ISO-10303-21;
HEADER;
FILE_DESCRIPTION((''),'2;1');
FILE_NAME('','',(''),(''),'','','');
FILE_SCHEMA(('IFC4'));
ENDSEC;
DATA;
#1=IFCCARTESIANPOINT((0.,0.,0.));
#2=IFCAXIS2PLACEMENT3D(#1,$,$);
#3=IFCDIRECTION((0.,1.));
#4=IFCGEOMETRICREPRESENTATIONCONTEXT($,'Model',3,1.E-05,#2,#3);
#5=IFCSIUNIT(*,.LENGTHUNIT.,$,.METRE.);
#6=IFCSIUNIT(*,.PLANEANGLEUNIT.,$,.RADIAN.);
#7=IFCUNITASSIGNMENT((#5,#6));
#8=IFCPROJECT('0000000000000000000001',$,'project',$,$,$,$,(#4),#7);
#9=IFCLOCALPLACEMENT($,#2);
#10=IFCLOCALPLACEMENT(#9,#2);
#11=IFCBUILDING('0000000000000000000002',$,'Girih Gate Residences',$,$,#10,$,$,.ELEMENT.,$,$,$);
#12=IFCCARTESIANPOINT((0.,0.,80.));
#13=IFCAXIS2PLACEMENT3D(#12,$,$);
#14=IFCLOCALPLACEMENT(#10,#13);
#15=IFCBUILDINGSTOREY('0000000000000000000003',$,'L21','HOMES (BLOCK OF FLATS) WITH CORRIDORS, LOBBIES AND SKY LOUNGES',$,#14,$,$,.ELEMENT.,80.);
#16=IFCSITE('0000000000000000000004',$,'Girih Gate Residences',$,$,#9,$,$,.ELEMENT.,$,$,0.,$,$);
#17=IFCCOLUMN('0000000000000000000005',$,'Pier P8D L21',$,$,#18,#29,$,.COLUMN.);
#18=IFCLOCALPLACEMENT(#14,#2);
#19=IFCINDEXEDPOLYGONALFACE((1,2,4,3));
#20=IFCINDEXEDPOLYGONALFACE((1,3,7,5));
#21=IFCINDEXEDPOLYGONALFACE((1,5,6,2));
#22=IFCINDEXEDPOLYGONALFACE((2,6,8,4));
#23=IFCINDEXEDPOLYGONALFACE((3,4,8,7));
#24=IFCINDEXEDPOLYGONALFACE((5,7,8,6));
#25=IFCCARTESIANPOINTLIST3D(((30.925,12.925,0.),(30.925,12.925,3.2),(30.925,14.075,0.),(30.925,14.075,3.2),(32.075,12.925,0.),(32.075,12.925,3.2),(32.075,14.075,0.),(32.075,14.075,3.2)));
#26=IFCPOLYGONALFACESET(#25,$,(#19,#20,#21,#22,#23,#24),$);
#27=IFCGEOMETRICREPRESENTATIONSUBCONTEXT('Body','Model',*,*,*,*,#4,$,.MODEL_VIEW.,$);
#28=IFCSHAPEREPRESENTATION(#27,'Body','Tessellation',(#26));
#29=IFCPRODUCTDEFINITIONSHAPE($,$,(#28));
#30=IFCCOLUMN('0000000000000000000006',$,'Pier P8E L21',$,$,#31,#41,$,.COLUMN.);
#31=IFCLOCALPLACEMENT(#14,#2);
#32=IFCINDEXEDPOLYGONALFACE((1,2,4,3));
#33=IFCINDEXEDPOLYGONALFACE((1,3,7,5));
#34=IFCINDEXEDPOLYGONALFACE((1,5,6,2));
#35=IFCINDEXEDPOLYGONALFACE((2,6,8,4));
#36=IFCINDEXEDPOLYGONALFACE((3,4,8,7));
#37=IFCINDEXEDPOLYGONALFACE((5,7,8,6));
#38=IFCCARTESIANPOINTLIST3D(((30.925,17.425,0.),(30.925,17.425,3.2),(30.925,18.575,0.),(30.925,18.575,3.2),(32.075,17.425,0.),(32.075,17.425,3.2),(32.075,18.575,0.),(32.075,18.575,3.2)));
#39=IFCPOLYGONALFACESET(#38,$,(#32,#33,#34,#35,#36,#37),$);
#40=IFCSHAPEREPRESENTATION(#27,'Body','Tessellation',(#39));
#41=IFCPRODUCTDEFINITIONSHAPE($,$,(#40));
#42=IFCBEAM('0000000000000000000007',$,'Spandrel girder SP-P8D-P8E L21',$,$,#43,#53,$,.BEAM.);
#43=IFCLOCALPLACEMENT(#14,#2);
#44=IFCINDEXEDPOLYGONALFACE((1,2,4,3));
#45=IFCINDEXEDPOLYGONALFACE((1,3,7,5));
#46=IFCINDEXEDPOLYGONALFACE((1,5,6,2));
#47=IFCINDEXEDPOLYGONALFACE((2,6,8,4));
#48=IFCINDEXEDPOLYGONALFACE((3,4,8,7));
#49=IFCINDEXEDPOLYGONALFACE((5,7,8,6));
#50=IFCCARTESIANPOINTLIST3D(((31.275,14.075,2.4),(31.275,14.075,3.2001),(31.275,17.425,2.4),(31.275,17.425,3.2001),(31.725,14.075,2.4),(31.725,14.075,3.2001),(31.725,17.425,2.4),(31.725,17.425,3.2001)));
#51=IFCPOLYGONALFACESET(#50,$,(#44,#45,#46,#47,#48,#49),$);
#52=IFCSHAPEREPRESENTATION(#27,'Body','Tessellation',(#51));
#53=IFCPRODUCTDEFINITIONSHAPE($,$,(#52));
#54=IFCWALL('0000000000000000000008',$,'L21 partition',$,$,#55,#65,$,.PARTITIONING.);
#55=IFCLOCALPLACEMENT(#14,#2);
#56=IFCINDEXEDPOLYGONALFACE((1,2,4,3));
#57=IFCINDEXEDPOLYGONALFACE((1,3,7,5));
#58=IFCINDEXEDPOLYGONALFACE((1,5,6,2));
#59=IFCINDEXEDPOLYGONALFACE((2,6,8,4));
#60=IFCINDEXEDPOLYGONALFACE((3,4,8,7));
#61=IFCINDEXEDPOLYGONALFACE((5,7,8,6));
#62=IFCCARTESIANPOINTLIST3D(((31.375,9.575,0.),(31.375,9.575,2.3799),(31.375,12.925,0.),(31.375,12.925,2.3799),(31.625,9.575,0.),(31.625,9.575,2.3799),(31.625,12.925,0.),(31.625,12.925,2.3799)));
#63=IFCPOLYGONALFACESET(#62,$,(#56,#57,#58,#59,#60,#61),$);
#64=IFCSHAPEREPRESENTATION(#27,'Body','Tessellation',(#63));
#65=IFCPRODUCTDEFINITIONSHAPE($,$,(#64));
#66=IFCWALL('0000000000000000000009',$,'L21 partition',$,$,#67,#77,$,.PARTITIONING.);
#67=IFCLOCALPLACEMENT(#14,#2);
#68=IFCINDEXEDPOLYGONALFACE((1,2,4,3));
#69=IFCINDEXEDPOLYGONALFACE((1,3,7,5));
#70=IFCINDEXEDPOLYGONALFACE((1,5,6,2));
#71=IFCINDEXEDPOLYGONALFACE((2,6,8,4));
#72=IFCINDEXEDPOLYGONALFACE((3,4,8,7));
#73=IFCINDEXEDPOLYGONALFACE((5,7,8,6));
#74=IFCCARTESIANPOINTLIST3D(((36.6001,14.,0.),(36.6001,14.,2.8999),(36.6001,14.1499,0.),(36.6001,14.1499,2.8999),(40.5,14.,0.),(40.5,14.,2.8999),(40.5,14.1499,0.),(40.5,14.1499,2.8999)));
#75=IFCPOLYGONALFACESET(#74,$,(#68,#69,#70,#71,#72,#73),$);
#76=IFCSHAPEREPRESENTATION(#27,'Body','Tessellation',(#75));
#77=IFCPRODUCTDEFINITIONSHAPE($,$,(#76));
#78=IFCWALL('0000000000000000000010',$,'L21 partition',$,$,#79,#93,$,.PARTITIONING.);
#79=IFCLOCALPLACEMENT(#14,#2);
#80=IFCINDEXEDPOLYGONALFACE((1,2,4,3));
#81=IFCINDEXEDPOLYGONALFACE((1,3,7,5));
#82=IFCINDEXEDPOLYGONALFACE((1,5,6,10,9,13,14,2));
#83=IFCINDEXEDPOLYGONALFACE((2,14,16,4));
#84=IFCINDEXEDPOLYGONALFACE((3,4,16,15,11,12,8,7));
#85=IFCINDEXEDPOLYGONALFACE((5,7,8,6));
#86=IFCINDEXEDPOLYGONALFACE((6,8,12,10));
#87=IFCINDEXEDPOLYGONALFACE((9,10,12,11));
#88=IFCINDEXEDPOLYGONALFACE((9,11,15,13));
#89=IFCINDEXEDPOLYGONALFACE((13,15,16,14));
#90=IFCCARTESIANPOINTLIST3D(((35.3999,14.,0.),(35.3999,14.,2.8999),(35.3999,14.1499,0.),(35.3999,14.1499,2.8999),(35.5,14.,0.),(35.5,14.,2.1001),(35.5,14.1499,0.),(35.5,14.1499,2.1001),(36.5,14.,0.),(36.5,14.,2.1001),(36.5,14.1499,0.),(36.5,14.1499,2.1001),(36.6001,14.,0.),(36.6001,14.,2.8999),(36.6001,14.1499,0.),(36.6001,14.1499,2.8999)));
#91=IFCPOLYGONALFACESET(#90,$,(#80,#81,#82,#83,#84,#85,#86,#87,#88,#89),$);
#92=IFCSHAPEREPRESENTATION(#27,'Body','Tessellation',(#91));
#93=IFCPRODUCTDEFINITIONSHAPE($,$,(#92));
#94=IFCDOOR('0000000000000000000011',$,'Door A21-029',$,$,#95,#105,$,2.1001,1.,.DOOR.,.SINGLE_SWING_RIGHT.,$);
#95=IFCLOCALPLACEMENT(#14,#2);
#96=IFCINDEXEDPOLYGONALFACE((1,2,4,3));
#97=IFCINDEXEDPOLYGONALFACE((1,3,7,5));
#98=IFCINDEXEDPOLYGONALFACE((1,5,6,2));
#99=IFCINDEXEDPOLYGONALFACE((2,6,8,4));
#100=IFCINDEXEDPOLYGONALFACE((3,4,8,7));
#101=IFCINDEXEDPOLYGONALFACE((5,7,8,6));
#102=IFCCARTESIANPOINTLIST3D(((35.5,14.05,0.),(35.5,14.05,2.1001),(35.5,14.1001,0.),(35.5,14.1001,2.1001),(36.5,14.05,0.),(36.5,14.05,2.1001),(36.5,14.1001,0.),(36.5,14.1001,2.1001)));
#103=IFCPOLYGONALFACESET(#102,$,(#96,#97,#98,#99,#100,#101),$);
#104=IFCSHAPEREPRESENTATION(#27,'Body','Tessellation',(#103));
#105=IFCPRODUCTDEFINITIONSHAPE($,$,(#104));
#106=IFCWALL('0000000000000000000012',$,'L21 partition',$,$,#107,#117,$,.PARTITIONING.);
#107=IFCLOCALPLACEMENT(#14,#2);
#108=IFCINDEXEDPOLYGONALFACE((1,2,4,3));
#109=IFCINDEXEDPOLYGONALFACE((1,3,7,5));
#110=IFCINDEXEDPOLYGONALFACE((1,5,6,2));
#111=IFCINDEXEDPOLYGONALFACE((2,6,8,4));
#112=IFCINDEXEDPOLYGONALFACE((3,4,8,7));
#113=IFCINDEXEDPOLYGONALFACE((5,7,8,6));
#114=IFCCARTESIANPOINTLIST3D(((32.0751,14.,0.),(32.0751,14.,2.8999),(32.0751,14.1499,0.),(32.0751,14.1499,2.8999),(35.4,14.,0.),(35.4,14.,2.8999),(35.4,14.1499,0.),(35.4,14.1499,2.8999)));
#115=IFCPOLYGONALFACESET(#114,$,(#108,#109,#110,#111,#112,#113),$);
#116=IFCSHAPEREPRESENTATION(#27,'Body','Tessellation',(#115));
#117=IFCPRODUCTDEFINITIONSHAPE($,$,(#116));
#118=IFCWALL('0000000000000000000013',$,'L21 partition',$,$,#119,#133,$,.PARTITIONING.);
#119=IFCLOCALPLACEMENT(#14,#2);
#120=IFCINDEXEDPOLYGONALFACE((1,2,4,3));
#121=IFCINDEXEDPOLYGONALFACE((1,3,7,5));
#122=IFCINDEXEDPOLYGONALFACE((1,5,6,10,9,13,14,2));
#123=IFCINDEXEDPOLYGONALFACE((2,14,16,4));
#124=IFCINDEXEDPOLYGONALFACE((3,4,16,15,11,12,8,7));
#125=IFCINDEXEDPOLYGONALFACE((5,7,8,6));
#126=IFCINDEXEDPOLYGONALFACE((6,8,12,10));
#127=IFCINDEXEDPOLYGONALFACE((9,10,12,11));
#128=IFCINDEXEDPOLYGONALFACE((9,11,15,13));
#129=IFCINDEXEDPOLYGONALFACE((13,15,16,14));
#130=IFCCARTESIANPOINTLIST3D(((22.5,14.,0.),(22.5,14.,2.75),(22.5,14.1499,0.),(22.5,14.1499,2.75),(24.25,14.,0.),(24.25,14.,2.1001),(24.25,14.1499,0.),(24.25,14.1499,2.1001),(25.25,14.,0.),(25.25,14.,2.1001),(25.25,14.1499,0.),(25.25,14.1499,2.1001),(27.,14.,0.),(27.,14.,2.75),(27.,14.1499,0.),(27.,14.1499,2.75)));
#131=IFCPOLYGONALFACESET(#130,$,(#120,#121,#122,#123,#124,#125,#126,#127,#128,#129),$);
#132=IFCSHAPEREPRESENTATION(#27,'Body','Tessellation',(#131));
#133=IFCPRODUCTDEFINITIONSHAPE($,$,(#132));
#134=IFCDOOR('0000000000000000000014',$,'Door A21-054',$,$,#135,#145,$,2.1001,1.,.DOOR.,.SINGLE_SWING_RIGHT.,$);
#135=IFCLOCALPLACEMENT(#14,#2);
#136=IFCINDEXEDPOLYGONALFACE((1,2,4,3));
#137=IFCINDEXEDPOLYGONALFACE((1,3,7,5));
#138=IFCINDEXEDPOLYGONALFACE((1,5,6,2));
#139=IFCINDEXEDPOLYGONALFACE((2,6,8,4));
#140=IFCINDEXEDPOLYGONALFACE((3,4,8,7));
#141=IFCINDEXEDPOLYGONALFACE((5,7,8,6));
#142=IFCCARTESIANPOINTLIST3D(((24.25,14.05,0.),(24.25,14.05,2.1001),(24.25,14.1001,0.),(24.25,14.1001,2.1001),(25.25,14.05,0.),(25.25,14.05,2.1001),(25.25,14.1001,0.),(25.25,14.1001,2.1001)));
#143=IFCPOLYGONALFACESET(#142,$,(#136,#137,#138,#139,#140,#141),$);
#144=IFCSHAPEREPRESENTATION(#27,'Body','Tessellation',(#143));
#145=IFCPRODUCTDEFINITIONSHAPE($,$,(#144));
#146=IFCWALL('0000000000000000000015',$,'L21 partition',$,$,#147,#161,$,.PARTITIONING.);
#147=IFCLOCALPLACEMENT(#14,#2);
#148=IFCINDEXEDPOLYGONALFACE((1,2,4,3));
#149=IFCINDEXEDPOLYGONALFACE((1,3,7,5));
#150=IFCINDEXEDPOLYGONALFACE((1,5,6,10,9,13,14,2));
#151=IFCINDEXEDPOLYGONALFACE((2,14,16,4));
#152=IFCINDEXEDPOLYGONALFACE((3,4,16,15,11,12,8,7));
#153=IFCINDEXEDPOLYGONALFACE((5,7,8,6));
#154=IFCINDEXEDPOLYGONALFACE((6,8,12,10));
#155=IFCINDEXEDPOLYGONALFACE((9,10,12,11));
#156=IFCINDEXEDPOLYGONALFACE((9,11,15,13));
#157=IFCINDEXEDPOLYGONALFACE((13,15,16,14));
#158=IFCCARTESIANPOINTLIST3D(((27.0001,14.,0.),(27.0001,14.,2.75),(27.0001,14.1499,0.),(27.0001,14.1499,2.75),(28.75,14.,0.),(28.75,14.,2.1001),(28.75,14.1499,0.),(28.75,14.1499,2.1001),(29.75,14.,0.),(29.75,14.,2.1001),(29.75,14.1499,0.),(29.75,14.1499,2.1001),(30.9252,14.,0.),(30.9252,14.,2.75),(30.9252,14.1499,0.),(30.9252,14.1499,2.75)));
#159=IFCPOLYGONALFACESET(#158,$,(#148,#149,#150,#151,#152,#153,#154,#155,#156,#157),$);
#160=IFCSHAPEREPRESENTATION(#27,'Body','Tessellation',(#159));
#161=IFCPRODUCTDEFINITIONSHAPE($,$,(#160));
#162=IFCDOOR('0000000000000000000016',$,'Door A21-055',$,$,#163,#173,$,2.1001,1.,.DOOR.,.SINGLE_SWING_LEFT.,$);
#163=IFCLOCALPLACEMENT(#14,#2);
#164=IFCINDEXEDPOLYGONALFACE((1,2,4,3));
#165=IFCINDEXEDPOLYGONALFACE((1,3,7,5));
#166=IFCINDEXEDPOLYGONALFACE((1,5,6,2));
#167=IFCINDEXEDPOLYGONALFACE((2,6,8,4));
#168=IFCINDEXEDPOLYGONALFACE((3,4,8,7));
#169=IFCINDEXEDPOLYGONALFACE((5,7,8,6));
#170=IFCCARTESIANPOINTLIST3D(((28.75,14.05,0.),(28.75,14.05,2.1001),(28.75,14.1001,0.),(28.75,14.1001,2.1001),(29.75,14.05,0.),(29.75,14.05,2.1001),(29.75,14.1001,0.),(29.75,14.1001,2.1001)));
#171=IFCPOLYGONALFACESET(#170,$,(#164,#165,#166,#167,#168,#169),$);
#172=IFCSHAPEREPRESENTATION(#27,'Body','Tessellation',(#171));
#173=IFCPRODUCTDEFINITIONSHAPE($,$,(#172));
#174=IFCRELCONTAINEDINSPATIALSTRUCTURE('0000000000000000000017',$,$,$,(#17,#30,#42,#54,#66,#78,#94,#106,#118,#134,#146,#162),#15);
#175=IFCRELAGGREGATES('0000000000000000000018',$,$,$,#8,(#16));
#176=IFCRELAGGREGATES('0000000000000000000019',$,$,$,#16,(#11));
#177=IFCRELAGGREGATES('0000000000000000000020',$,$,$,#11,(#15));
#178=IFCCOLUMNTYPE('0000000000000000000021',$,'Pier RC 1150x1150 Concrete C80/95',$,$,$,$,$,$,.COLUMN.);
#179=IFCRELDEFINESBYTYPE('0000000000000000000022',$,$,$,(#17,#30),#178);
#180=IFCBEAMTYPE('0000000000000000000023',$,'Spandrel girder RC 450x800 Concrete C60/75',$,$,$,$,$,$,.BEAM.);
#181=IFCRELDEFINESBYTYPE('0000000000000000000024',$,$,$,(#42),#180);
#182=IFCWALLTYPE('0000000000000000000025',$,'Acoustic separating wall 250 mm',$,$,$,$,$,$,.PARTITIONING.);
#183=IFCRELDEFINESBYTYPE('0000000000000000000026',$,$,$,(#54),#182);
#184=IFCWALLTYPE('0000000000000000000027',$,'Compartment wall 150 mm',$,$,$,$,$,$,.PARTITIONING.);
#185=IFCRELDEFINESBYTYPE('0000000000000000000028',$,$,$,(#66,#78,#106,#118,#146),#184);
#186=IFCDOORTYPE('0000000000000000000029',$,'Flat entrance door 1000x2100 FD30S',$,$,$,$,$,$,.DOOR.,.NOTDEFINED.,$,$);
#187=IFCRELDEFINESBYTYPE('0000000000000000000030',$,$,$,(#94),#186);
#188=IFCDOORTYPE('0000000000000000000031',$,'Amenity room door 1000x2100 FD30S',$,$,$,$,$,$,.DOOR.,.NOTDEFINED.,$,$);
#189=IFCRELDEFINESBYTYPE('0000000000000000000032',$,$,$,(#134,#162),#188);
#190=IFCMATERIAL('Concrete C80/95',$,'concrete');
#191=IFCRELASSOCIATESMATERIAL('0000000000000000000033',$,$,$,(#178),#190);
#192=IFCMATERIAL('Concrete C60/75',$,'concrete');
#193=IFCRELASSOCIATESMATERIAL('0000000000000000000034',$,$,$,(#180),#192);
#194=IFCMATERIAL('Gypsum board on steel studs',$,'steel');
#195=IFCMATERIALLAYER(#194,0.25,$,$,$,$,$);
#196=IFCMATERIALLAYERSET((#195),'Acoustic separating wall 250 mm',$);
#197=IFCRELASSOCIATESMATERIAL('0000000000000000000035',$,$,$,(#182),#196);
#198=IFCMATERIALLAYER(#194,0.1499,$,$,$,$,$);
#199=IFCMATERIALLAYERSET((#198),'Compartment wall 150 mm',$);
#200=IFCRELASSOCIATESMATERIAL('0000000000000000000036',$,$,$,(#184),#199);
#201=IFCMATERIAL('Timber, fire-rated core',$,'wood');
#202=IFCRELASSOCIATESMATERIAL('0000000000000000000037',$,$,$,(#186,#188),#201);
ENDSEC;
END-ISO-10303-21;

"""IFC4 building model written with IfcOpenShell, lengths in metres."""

from ifc_helpers import new_model, si_unit, direction, frame, frame_2d, origin, origin_2d, place, context, subcontext, project, spatial, rectangle, extrude, material, layer, layer_set, material_profile, profile_set, type_object, element, fill, save


model = new_model("IFC4")

# Units and contexts
model_context = context("Model", 3, precision=1e-05, world=origin(), true_north=direction((0.0, 1.0)))
body_context = subcontext(model_context, "Body", "Model", "MODEL_VIEW")
ifc_project = project(units=[si_unit("LENGTHUNIT", "METRE"), si_unit("PLANEANGLEUNIT", "RADIAN")], contexts=[model_context])

# Site, building, storey
site_placement = place(None, origin())
site = spatial("IfcSite", under=ifc_project, at=site_placement, Name="Girih Gate Residences", CompositionType="ELEMENT", RefElevation=0.0)
building_placement = place(site_placement, origin())
building = spatial("IfcBuilding", under=site, at=building_placement, Name="Girih Gate Residences", CompositionType="ELEMENT")
storey_placement = place(building_placement, frame((0.0, 0.0, 80.0)))
storey = spatial("IfcBuildingStorey", under=building, at=storey_placement, Name="L21", Description="HOMES (BLOCK OF FLATS) WITH CORRIDORS, LOBBIES AND SKY LOUNGES", CompositionType="ELEMENT", Elevation=80.0)

# Columns
ifc_material_1 = material(Name="Concrete C80/95", Category="concrete")
ifc_material_profile_1 = material_profile(ifc_material_1, rectangle(XDim=1.1499, YDim=1.1499, at=origin_2d()))
ifc_profile_set_1 = profile_set([ifc_material_profile_1], Name="Concrete C80/95")
column_type = type_object("IfcColumnType", Name="Pier RC 1150x1150 Concrete C80/95", PredefinedType="COLUMN", material=ifc_profile_set_1)
for number, where, z_axis, x_axis, name in (
    (1, (31.5, 13.5, 0.0), (0.0, 0.0, 1.0), (1.0, 0.0, 0.0), "Pier P8D L21"),
    (2, (31.5, 18.0, 0.0), (0.0, 0.0, 1.0), (1.0, 0.0, 0.0), "Pier P8E L21"),
):
    element("IfcColumn", number, at=place(storey_placement, frame(where, z_axis=z_axis, x_axis=x_axis)), inside=storey, type_object=column_type, Name=name, PredefinedType="COLUMN", context=body_context, shape_type="SweptSolid", body=[
        extrude(rectangle(XDim=1.1499, YDim=1.1499, at=origin_2d()), origin(), (0.0, 0.0, 1.0), 3.2),
    ])

# Beam
ifc_material_2 = material(Name="Concrete C60/75", Category="concrete")
ifc_material_profile_2 = material_profile(ifc_material_2, rectangle(XDim=0.45, YDim=0.8, at=origin_2d()))
ifc_profile_set_2 = profile_set([ifc_material_profile_2], Name="Concrete C60/75")
beam_type = type_object("IfcBeamType", Name="Spandrel girder RC 450x800 Concrete C60/75", PredefinedType="BEAM", material=ifc_profile_set_2)
beam_placement = place(storey_placement, frame((31.5, 14.075, 2.8), z_axis=(0.0, 1.0, 0.0), x_axis=(-1.0, 0.0, 0.0)))
element("IfcBeam", 3, at=beam_placement, inside=storey, type_object=beam_type, Name="Spandrel girder SP-P8D-P8E L21", PredefinedType="BEAM", context=body_context, shape_type="SweptSolid", body=[
    extrude(rectangle(XDim=0.45, YDim=0.8, at=origin_2d()), origin(), (0.0, 0.0, 1.0), 3.3501),
])

# Walls
ifc_material_3 = material(Name="Gypsum board on steel studs", Category="steel")
ifc_layer_1 = layer(ifc_material_3, 0.25)
ifc_layer_set_1 = layer_set([ifc_layer_1], Name="Acoustic separating wall 250 mm")
wall_type_1 = type_object("IfcWallType", Name="Acoustic separating wall 250 mm", PredefinedType="PARTITIONING", material=ifc_layer_set_1)
wall_1_placement = place(storey_placement, frame((31.5, 9.575, 0.0), z_axis=(0.0, 0.0, 1.0), x_axis=(0.0, 1.0, 0.0)))
element("IfcWall", 4, at=wall_1_placement, inside=storey, type_object=wall_type_1, Name="L21 partition", PredefinedType="PARTITIONING", context=body_context, shape_type="SweptSolid", body=[
    extrude(rectangle(XDim=3.3501, YDim=0.25, at=frame_2d((1.675, 0.0))), origin(), (0.0, 0.0, 1.0), 2.3799),
])
ifc_layer_2 = layer(ifc_material_3, 0.1499)
ifc_layer_set_2 = layer_set([ifc_layer_2], Name="Compartment wall 150 mm")
wall_type_2 = type_object("IfcWallType", Name="Compartment wall 150 mm", PredefinedType="PARTITIONING", material=ifc_layer_set_2)
wall_2_placement = place(storey_placement, frame((36.6001, 14.075, 0.0), z_axis=(0.0, 0.0, 1.0), x_axis=(1.0, 0.0, 0.0)))
element("IfcWall", 5, at=wall_2_placement, inside=storey, type_object=wall_type_2, Name="L21 partition", PredefinedType="PARTITIONING", context=body_context, shape_type="SweptSolid", body=[
    extrude(rectangle(XDim=3.8999, YDim=0.1499, at=frame_2d((1.95, 0.0))), origin(), (0.0, 0.0, 1.0), 2.8999),
])

# Wall, opening, door
wall_3_placement = place(storey_placement, frame((36.6001, 14.075, 0.0), z_axis=(0.0, 0.0, 1.0), x_axis=(-1.0, 0.0, 0.0)))
wall_3 = element("IfcWall", 6, at=wall_3_placement, inside=storey, type_object=wall_type_2, Name="L21 partition", PredefinedType="PARTITIONING", context=body_context, shape_type="SweptSolid", body=[
    extrude(rectangle(XDim=1.2002, YDim=0.1499, at=frame_2d((0.6001, 0.0))), origin(), (0.0, 0.0, 1.0), 2.8999),
])
opening_1_placement = place(wall_3_placement, frame((0.1001, 0.0, 0.0)))
opening_1 = element("IfcOpeningElement", 7, at=opening_1_placement, cuts=wall_3, PredefinedType="OPENING", context=body_context, shape_type="SweptSolid", body=[
    extrude(rectangle(XDim=1.0, YDim=2.1001, at=frame_2d((0.5, 1.05))), frame((0.0, 0.085, 0.0), z_axis=(0.0, -1.0, 0.0), x_axis=(1.0, 0.0, 0.0)), (0.0, 0.0, 1.0), 0.1699),
])
ifc_material_4 = material(Name="Timber, fire-rated core", Category="wood")
door_type_1 = type_object("IfcDoorType", Name="Flat entrance door 1000x2100 FD30S", OperationType="NOTDEFINED", PredefinedType="DOOR", material=ifc_material_4)
door_1_placement = place(opening_1_placement, origin())
door_1 = element("IfcDoor", 8, at=door_1_placement, inside=storey, type_object=door_type_1, Name="Door A21-029", OperationType="SINGLE_SWING_RIGHT", OverallHeight=2.1001, OverallWidth=1.0, PredefinedType="DOOR", context=body_context, shape_type="SweptSolid", body=[
    extrude(rectangle(XDim=1.0, YDim=2.1001, at=frame_2d((0.5, 1.05))), frame((0.0, 0.0249, 0.0), z_axis=(0.0, -1.0, 0.0), x_axis=(1.0, 0.0, 0.0)), (0.0, 0.0, 1.0), 0.05),
])
fill(opening_1, door_1)

# Wall
wall_4_placement = place(storey_placement, frame((32.075, 14.075, 0.0), z_axis=(0.0, 0.0, 1.0), x_axis=(1.0, 0.0, 0.0)))
element("IfcWall", 9, at=wall_4_placement, inside=storey, type_object=wall_type_2, Name="L21 partition", PredefinedType="PARTITIONING", context=body_context, shape_type="SweptSolid", body=[
    extrude(rectangle(XDim=3.325, YDim=0.1499, at=frame_2d((1.6626, 0.0))), origin(), (0.0, 0.0, 1.0), 2.8999),
])

# Walls, openings, doors
wall_5_placement = place(storey_placement, frame((27.0, 14.075, 0.0), z_axis=(0.0, 0.0, 1.0), x_axis=(-1.0, 0.0, 0.0)))
wall_5 = element("IfcWall", 10, at=wall_5_placement, inside=storey, type_object=wall_type_2, Name="L21 partition", PredefinedType="PARTITIONING", context=body_context, shape_type="SweptSolid", body=[
    extrude(rectangle(XDim=4.5, YDim=0.1499, at=frame_2d((2.25, 0.0))), origin(), (0.0, 0.0, 1.0), 2.75),
])
opening_2_placement = place(wall_5_placement, frame((1.75, 0.0, 0.0)))
opening_2 = element("IfcOpeningElement", 11, at=opening_2_placement, cuts=wall_5, PredefinedType="OPENING", context=body_context, shape_type="SweptSolid", body=[
    extrude(rectangle(XDim=1.0, YDim=2.1001, at=frame_2d((0.5, 1.05))), frame((0.0, 0.085, 0.0), z_axis=(0.0, -1.0, 0.0), x_axis=(1.0, 0.0, 0.0)), (0.0, 0.0, 1.0), 0.1699),
])
door_type_2 = type_object("IfcDoorType", Name="Amenity room door 1000x2100 FD30S", OperationType="NOTDEFINED", PredefinedType="DOOR", material=ifc_material_4)
door_2_placement = place(opening_2_placement, origin())
door_2 = element("IfcDoor", 12, at=door_2_placement, inside=storey, type_object=door_type_2, Name="Door A21-054", OperationType="SINGLE_SWING_RIGHT", OverallHeight=2.1001, OverallWidth=1.0, PredefinedType="DOOR", context=body_context, shape_type="SweptSolid", body=[
    extrude(rectangle(XDim=1.0, YDim=2.1001, at=frame_2d((0.5, 1.05))), frame((0.0, 0.0249, 0.0), z_axis=(0.0, -1.0, 0.0), x_axis=(1.0, 0.0, 0.0)), (0.0, 0.0, 1.0), 0.05),
])
fill(opening_2, door_2)
wall_6_placement = place(storey_placement, frame((30.925, 14.075, 0.0), z_axis=(0.0, 0.0, 1.0), x_axis=(-1.0, 0.0, 0.0)))
wall_6 = element("IfcWall", 13, at=wall_6_placement, inside=storey, type_object=wall_type_2, Name="L21 partition", PredefinedType="PARTITIONING", context=body_context, shape_type="SweptSolid", body=[
    extrude(rectangle(XDim=3.925, YDim=0.1499, at=frame_2d((1.9624, 0.0))), origin(), (0.0, 0.0, 1.0), 2.75),
])
opening_3_placement = place(wall_6_placement, frame((1.175, 0.0, 0.0)))
opening_3 = element("IfcOpeningElement", 14, at=opening_3_placement, cuts=wall_6, PredefinedType="OPENING", context=body_context, shape_type="SweptSolid", body=[
    extrude(rectangle(XDim=1.0, YDim=2.1001, at=frame_2d((0.5, 1.05))), frame((0.0, 0.085, 0.0), z_axis=(0.0, -1.0, 0.0), x_axis=(1.0, 0.0, 0.0)), (0.0, 0.0, 1.0), 0.1699),
])
door_3_placement = place(opening_3_placement, origin())
door_3 = element("IfcDoor", 15, at=door_3_placement, inside=storey, type_object=door_type_2, Name="Door A21-055", OperationType="SINGLE_SWING_LEFT", OverallHeight=2.1001, OverallWidth=1.0, PredefinedType="DOOR", context=body_context, shape_type="SweptSolid", body=[
    extrude(rectangle(XDim=1.0, YDim=2.1001, at=frame_2d((0.5, 1.05))), frame((0.0, 0.0249, 0.0), z_axis=(0.0, -1.0, 0.0), x_axis=(1.0, 0.0, 0.0)), (0.0, 0.0, 1.0), 0.05),
])
fill(opening_3, door_3)

save(model, "model.ifc")
